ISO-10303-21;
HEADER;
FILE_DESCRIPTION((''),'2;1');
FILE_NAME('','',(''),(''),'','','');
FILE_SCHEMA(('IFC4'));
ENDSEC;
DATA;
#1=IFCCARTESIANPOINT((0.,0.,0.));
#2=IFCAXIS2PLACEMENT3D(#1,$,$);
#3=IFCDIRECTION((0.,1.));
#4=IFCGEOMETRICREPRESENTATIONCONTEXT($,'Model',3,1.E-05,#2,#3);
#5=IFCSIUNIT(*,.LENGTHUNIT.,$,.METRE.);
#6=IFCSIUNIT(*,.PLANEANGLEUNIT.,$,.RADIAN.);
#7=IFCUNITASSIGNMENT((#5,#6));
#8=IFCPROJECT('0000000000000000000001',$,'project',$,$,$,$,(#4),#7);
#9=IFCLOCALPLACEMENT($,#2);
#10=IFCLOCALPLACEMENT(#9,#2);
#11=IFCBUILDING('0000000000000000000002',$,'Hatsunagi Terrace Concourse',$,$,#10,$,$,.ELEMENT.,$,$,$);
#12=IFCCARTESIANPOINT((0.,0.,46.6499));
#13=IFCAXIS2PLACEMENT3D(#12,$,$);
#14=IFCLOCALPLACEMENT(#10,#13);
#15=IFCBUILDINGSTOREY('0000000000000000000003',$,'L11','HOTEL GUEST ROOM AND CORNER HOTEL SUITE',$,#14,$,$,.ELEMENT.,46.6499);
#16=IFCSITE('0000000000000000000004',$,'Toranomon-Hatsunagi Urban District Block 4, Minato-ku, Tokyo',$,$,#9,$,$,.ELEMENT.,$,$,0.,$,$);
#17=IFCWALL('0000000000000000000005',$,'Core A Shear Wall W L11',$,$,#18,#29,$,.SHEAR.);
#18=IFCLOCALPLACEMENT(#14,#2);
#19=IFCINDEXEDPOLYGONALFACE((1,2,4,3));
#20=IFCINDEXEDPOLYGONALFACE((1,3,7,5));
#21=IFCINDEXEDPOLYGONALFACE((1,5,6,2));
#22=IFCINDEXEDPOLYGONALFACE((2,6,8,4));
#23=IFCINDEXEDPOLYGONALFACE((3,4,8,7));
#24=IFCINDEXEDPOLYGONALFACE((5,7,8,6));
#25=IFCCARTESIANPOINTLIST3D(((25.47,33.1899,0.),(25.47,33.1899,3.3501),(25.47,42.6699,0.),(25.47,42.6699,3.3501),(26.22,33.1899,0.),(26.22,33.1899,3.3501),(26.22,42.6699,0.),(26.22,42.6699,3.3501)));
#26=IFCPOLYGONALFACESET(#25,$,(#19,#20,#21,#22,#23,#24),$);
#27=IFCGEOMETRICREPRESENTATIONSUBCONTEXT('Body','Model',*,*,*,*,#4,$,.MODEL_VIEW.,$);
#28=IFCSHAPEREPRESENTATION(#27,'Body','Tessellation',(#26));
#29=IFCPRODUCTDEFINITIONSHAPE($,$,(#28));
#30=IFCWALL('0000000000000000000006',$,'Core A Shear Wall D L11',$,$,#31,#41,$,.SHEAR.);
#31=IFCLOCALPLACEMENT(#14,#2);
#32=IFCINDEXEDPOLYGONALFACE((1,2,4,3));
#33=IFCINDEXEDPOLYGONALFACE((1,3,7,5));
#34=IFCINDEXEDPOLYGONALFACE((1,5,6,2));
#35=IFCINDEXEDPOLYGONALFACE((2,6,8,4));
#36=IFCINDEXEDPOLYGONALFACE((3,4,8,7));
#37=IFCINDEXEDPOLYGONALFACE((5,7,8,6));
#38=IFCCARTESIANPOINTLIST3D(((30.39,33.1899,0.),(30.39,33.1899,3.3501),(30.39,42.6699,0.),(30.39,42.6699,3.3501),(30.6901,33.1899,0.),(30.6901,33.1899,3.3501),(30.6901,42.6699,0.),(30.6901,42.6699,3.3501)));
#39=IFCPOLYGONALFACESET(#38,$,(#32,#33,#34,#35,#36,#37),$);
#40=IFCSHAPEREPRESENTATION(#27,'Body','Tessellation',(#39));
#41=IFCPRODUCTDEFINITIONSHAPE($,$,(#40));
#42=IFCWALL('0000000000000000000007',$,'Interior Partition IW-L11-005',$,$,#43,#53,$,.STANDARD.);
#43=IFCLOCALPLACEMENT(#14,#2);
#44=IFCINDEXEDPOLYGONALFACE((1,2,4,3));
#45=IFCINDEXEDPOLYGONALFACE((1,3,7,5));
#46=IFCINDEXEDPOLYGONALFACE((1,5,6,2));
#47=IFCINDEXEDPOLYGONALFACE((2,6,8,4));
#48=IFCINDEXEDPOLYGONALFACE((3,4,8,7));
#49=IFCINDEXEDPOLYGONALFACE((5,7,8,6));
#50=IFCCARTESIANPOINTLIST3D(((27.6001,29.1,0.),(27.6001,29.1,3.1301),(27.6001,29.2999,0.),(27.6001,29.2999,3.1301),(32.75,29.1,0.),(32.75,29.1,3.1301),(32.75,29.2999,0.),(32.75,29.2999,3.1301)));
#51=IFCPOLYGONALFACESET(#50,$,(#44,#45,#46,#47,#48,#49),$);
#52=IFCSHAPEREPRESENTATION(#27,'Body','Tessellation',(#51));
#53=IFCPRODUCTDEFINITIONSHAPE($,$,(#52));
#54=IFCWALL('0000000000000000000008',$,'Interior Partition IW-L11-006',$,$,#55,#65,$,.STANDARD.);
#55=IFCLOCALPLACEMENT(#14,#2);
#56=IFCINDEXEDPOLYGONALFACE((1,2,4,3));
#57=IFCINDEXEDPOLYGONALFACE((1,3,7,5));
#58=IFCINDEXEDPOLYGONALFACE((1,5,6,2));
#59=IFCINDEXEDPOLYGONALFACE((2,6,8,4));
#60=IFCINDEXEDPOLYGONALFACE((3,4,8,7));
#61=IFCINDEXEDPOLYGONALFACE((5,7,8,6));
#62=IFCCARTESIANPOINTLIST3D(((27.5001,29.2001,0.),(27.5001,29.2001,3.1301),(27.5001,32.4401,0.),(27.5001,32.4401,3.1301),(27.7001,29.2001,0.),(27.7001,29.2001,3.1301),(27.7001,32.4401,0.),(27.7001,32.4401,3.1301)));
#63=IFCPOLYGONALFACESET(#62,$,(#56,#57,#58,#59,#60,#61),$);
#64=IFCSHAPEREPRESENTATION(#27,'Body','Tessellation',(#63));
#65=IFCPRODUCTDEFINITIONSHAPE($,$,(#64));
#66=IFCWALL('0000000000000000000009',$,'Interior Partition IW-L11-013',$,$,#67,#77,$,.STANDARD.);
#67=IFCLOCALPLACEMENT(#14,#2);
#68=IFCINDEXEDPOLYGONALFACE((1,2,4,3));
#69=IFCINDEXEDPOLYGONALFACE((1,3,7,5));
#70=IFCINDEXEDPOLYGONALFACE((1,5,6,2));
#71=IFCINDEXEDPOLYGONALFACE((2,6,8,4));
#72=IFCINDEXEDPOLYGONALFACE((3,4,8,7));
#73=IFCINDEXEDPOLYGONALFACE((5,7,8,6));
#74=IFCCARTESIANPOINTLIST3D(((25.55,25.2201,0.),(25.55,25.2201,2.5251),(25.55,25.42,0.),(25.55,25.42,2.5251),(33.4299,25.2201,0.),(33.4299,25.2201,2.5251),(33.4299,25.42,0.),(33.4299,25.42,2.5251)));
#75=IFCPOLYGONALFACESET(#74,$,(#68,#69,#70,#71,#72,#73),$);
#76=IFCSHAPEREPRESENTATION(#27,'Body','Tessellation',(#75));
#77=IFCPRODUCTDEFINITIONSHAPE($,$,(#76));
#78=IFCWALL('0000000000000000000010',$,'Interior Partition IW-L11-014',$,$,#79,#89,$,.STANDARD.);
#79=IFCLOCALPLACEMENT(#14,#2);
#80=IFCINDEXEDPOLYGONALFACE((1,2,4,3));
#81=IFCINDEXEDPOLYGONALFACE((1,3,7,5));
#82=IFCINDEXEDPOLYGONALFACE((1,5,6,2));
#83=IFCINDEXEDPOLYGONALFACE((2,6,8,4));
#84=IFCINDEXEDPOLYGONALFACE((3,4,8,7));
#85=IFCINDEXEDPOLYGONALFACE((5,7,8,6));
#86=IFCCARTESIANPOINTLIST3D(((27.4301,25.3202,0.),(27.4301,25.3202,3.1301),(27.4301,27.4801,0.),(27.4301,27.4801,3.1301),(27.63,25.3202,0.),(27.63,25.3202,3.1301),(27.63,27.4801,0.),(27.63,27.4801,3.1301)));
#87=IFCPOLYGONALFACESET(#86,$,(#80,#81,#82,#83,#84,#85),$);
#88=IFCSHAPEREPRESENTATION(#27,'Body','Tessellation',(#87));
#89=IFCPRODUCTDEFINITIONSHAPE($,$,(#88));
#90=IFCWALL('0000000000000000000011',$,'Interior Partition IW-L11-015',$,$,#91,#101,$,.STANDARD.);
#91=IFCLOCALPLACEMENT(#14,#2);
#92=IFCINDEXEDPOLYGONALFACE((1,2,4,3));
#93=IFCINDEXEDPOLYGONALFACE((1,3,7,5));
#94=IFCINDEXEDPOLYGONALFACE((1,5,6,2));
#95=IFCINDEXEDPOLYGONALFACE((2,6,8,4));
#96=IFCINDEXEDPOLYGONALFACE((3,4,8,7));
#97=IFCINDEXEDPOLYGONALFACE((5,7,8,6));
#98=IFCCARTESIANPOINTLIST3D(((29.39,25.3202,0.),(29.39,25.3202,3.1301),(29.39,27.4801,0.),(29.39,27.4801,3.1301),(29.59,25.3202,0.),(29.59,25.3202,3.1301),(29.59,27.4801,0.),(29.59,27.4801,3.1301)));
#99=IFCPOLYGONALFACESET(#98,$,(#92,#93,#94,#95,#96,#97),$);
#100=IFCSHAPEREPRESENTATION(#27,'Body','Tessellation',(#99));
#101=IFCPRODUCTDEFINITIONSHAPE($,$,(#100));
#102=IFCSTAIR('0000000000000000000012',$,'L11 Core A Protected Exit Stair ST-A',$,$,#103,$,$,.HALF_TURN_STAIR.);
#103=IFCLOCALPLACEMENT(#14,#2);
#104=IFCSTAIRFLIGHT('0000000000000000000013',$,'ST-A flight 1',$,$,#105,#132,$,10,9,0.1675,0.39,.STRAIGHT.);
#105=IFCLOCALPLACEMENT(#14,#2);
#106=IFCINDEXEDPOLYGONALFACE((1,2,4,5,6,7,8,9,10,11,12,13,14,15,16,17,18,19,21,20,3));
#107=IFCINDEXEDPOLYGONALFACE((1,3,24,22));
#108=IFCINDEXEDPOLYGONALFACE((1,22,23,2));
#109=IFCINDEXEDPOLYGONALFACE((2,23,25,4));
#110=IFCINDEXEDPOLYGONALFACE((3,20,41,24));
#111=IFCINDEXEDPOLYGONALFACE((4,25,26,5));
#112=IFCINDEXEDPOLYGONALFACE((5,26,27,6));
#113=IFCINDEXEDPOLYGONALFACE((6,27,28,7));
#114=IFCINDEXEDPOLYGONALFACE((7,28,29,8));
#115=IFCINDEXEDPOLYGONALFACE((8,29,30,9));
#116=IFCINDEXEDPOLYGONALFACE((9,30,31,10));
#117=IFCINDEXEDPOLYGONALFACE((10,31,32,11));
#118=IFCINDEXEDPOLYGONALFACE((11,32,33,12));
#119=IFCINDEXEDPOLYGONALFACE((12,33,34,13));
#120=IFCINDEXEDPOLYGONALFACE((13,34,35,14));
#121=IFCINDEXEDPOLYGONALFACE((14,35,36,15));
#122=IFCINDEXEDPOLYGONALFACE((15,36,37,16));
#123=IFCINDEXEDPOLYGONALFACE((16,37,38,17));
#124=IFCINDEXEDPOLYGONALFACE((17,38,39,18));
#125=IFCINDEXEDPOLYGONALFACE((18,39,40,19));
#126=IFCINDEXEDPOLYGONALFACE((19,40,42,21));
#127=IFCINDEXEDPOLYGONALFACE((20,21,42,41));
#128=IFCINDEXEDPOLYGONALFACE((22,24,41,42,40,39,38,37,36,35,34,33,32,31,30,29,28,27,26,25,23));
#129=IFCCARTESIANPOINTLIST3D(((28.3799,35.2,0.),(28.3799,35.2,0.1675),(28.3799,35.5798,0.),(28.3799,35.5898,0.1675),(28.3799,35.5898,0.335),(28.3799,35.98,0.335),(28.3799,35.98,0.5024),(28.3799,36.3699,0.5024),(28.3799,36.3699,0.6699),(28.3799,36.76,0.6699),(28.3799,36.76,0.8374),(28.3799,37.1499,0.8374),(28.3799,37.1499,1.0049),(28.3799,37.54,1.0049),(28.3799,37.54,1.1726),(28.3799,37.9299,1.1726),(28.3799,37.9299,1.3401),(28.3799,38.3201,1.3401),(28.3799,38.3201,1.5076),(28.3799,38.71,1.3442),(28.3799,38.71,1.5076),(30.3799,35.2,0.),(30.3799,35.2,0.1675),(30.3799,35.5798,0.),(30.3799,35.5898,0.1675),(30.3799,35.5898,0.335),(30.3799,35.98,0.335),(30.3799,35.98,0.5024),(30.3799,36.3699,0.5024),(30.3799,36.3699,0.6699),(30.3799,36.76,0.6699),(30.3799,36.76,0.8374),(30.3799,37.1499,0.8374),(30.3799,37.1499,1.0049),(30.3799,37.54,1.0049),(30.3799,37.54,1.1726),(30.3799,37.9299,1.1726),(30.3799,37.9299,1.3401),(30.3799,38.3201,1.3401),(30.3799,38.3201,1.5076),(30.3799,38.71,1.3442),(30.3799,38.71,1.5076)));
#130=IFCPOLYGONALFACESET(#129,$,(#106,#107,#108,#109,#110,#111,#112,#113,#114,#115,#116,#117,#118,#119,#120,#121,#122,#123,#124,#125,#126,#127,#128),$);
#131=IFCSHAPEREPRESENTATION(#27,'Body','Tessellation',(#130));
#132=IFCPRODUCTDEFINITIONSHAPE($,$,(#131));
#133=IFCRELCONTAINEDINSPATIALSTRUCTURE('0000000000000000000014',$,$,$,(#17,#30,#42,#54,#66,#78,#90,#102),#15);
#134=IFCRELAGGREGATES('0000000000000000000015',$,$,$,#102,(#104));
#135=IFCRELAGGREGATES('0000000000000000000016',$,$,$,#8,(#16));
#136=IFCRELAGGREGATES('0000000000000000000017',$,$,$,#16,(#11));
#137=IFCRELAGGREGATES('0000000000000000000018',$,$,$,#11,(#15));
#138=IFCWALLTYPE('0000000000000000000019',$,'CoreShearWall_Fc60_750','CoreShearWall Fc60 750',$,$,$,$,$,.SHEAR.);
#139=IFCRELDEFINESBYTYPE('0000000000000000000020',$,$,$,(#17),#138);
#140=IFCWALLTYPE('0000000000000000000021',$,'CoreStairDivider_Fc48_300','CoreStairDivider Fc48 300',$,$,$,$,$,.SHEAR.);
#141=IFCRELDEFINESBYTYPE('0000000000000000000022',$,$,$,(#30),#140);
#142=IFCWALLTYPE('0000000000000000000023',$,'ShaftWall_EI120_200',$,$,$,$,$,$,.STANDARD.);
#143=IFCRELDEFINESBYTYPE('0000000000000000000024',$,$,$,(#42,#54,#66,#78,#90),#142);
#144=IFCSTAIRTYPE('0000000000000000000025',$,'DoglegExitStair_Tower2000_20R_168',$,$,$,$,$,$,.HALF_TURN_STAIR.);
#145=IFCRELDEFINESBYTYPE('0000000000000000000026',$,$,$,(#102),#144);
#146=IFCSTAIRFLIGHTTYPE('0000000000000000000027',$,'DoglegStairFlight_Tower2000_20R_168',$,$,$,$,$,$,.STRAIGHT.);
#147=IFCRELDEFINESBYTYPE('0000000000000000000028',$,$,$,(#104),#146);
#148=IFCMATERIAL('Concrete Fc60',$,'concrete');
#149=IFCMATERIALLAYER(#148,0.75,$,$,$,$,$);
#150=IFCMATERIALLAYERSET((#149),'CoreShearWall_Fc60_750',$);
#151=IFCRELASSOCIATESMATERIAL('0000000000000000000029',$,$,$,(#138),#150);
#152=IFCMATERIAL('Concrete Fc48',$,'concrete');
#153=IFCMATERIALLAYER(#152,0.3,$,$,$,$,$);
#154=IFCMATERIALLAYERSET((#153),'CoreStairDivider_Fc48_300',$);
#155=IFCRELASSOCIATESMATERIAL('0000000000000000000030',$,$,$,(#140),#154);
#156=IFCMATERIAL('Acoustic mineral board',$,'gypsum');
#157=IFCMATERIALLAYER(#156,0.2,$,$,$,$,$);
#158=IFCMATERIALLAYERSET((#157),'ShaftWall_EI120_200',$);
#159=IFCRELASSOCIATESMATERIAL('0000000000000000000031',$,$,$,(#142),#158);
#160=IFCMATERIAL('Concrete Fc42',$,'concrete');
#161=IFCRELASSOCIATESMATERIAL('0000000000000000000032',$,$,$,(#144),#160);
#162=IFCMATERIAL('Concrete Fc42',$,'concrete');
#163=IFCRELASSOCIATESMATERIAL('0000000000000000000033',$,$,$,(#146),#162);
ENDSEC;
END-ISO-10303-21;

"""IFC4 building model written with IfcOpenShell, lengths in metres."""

from ifc_helpers import new_model, si_unit, direction, frame, frame_2d, origin, place, context, subcontext, project, spatial, polyline, rectangle, outline, extrude, material, layer, layer_set, type_object, element, aggregate, save


model = new_model("IFC4")

# Units and contexts
model_context = context("Model", 3, precision=1e-05, world=origin(), true_north=direction((0.0, 1.0)))
body_context = subcontext(model_context, "Body", "Model", "MODEL_VIEW")
ifc_project = project(units=[si_unit("LENGTHUNIT", "METRE"), si_unit("PLANEANGLEUNIT", "RADIAN")], contexts=[model_context])

# Site, building, storey
site_placement = place(None, origin())
site = spatial("IfcSite", under=ifc_project, at=site_placement, Name="Toranomon-Hatsunagi Urban District Block 4, Minato-ku, Tokyo", CompositionType="ELEMENT", RefElevation=0.0)
building_placement = place(site_placement, origin())
building = spatial("IfcBuilding", under=site, at=building_placement, Name="Hatsunagi Terrace Concourse", CompositionType="ELEMENT")
storey_placement = place(building_placement, frame((0.0, 0.0, 46.6499)))
storey = spatial("IfcBuildingStorey", under=building, at=storey_placement, Name="L11", Description="HOTEL GUEST ROOM AND CORNER HOTEL SUITE", CompositionType="ELEMENT", Elevation=46.6499)

# Walls
ifc_material_1 = material(Name="Concrete Fc60", Category="concrete")
ifc_layer_1 = layer(ifc_material_1, 0.75)
ifc_layer_set_1 = layer_set([ifc_layer_1], Name="CoreShearWall_Fc60_750")
wall_type_1 = type_object("IfcWallType", Name="CoreShearWall_Fc60_750", Description="CoreShearWall Fc60 750", PredefinedType="SHEAR", material=ifc_layer_set_1)
wall_1_placement = place(storey_placement, frame((25.845, 33.1899, 0.0), z_axis=(0.0, 0.0, 1.0), x_axis=(0.0, 1.0, 0.0)))
element("IfcWall", 1, at=wall_1_placement, inside=storey, type_object=wall_type_1, Name="Core A Shear Wall W L11", PredefinedType="SHEAR", context=body_context, shape_type="SweptSolid", body=[
    extrude(rectangle(XDim=9.48, YDim=0.75, at=frame_2d((4.74, 0.0))), origin(), (0.0, 0.0, 1.0), 3.3501),
])
ifc_material_2 = material(Name="Concrete Fc48", Category="concrete")
ifc_layer_2 = layer(ifc_material_2, 0.3)
ifc_layer_set_2 = layer_set([ifc_layer_2], Name="CoreStairDivider_Fc48_300")
wall_type_2 = type_object("IfcWallType", Name="CoreStairDivider_Fc48_300", Description="CoreStairDivider Fc48 300", PredefinedType="SHEAR", material=ifc_layer_set_2)
wall_2_placement = place(storey_placement, frame((30.54, 33.1899, 0.0), z_axis=(0.0, 0.0, 1.0), x_axis=(0.0, 1.0, 0.0)))
element("IfcWall", 2, at=wall_2_placement, inside=storey, type_object=wall_type_2, Name="Core A Shear Wall D L11", PredefinedType="SHEAR", context=body_context, shape_type="SweptSolid", body=[
    extrude(rectangle(XDim=9.48, YDim=0.3, at=frame_2d((4.74, 0.0))), origin(), (0.0, 0.0, 1.0), 3.3501),
])
ifc_material_3 = material(Name="Acoustic mineral board", Category="gypsum")
ifc_layer_3 = layer(ifc_material_3, 0.2)
ifc_layer_set_3 = layer_set([ifc_layer_3], Name="ShaftWall_EI120_200")
wall_type_3 = type_object("IfcWallType", Name="ShaftWall_EI120_200", PredefinedType="STANDARD", material=ifc_layer_set_3)
wall_3_placement = place(storey_placement, frame((27.6001, 29.2, 0.0), z_axis=(0.0, 0.0, 1.0), x_axis=(1.0, 0.0, 0.0)))
element("IfcWall", 3, at=wall_3_placement, inside=storey, type_object=wall_type_3, Name="Interior Partition IW-L11-005", PredefinedType="STANDARD", context=body_context, shape_type="SweptSolid", body=[
    extrude(rectangle(XDim=5.1499, YDim=0.2, at=frame_2d((2.575, 0.0))), origin(), (0.0, 0.0, 1.0), 3.1301),
])
wall_4_placement = place(storey_placement, frame((27.6001, 29.2, 0.0), z_axis=(0.0, 0.0, 1.0), x_axis=(0.0, 1.0, 0.0)))
element("IfcWall", 4, at=wall_4_placement, inside=storey, type_object=wall_type_3, Name="Interior Partition IW-L11-006", PredefinedType="STANDARD", context=body_context, shape_type="SweptSolid", body=[
    extrude(rectangle(XDim=3.24, YDim=0.2, at=frame_2d((1.6201, 0.0))), origin(), (0.0, 0.0, 1.0), 3.1301),
])
wall_5_placement = place(storey_placement, frame((25.55, 25.3201, 0.0), z_axis=(0.0, 0.0, 1.0), x_axis=(1.0, 0.0, 0.0)))
element("IfcWall", 5, at=wall_5_placement, inside=storey, type_object=wall_type_3, Name="Interior Partition IW-L11-013", PredefinedType="STANDARD", context=body_context, shape_type="SweptSolid", body=[
    extrude(rectangle(XDim=7.8799, YDim=0.2, at=frame_2d((3.9399, 0.0))), origin(), (0.0, 0.0, 1.0), 2.5251),
])
for number, where, z_axis, x_axis, name in (
    (6, (27.53, 25.3201, 0.0), (0.0, 0.0, 1.0), (0.0, 1.0, 0.0), "Interior Partition IW-L11-014"),
    (7, (29.49, 25.3201, 0.0), (0.0, 0.0, 1.0), (0.0, 1.0, 0.0), "Interior Partition IW-L11-015"),
):
    element("IfcWall", number, at=place(storey_placement, frame(where, z_axis=z_axis, x_axis=x_axis)), inside=storey, type_object=wall_type_3, Name=name, PredefinedType="STANDARD", context=body_context, shape_type="SweptSolid", body=[
        extrude(rectangle(XDim=2.1599, YDim=0.2, at=frame_2d((1.0801, 0.0))), origin(), (0.0, 0.0, 1.0), 3.1301),
    ])

# Stair, stair flight
ifc_material_4 = material(Name="Concrete Fc42", Category="concrete")
stair_type = type_object("IfcStairType", Name="DoglegExitStair_Tower2000_20R_168", PredefinedType="HALF_TURN_STAIR", material=ifc_material_4)
stair_placement = place(storey_placement, origin())
stair = element("IfcStair", 8, at=stair_placement, inside=storey, type_object=stair_type, Name="L11 Core A Protected Exit Stair ST-A", PredefinedType="HALF_TURN_STAIR")
ifc_material_5 = material(Name="Concrete Fc42", Category="concrete")
stair_flight_type = type_object("IfcStairFlightType", Name="DoglegStairFlight_Tower2000_20R_168", PredefinedType="STRAIGHT", material=ifc_material_5)
stair_flight_placement = place(storey_placement, frame((29.3799, 35.2, 0.0), z_axis=(0.0, 0.0, 1.0), x_axis=(0.0, 1.0, 0.0)))
stair_flight = element("IfcStairFlight", 9, at=stair_flight_placement, type_object=stair_flight_type, Name="ST-A flight 1", NumberOfRisers=10, NumberOfTreads=9, PredefinedType="STRAIGHT", RiserHeight=0.1675, TreadLength=0.39, context=body_context, shape_type="SweptSolid", body=[
    extrude(outline(polyline([(0.0, 0.0), (0.0, 0.1675), (0.3899, 0.1675), (0.3899, 0.335), (0.78, 0.335), (0.78, 0.5024), (1.1699, 0.5024), (1.1699, 0.6699), (1.5601, 0.6699), (1.5601, 0.8374), (1.95, 0.8374), (1.95, 1.0049), (2.3401, 1.0049), (2.3401, 1.1726), (2.73, 1.1726), (2.73, 1.3401), (3.1201, 1.3401), (3.1201, 1.5076), (3.51, 1.5076), (3.51, 1.675), (3.51, 1.3442), (0.3799, 0.0), (0.0, 0.0)])), frame((0.0, 1.0, 0.0), z_axis=(0.0, -1.0, 0.0), x_axis=(1.0, 0.0, 0.0)), (0.0, 0.0, 1.0), 2.0),
])
aggregate(stair, [stair_flight])

save(model, "model.ifc")
